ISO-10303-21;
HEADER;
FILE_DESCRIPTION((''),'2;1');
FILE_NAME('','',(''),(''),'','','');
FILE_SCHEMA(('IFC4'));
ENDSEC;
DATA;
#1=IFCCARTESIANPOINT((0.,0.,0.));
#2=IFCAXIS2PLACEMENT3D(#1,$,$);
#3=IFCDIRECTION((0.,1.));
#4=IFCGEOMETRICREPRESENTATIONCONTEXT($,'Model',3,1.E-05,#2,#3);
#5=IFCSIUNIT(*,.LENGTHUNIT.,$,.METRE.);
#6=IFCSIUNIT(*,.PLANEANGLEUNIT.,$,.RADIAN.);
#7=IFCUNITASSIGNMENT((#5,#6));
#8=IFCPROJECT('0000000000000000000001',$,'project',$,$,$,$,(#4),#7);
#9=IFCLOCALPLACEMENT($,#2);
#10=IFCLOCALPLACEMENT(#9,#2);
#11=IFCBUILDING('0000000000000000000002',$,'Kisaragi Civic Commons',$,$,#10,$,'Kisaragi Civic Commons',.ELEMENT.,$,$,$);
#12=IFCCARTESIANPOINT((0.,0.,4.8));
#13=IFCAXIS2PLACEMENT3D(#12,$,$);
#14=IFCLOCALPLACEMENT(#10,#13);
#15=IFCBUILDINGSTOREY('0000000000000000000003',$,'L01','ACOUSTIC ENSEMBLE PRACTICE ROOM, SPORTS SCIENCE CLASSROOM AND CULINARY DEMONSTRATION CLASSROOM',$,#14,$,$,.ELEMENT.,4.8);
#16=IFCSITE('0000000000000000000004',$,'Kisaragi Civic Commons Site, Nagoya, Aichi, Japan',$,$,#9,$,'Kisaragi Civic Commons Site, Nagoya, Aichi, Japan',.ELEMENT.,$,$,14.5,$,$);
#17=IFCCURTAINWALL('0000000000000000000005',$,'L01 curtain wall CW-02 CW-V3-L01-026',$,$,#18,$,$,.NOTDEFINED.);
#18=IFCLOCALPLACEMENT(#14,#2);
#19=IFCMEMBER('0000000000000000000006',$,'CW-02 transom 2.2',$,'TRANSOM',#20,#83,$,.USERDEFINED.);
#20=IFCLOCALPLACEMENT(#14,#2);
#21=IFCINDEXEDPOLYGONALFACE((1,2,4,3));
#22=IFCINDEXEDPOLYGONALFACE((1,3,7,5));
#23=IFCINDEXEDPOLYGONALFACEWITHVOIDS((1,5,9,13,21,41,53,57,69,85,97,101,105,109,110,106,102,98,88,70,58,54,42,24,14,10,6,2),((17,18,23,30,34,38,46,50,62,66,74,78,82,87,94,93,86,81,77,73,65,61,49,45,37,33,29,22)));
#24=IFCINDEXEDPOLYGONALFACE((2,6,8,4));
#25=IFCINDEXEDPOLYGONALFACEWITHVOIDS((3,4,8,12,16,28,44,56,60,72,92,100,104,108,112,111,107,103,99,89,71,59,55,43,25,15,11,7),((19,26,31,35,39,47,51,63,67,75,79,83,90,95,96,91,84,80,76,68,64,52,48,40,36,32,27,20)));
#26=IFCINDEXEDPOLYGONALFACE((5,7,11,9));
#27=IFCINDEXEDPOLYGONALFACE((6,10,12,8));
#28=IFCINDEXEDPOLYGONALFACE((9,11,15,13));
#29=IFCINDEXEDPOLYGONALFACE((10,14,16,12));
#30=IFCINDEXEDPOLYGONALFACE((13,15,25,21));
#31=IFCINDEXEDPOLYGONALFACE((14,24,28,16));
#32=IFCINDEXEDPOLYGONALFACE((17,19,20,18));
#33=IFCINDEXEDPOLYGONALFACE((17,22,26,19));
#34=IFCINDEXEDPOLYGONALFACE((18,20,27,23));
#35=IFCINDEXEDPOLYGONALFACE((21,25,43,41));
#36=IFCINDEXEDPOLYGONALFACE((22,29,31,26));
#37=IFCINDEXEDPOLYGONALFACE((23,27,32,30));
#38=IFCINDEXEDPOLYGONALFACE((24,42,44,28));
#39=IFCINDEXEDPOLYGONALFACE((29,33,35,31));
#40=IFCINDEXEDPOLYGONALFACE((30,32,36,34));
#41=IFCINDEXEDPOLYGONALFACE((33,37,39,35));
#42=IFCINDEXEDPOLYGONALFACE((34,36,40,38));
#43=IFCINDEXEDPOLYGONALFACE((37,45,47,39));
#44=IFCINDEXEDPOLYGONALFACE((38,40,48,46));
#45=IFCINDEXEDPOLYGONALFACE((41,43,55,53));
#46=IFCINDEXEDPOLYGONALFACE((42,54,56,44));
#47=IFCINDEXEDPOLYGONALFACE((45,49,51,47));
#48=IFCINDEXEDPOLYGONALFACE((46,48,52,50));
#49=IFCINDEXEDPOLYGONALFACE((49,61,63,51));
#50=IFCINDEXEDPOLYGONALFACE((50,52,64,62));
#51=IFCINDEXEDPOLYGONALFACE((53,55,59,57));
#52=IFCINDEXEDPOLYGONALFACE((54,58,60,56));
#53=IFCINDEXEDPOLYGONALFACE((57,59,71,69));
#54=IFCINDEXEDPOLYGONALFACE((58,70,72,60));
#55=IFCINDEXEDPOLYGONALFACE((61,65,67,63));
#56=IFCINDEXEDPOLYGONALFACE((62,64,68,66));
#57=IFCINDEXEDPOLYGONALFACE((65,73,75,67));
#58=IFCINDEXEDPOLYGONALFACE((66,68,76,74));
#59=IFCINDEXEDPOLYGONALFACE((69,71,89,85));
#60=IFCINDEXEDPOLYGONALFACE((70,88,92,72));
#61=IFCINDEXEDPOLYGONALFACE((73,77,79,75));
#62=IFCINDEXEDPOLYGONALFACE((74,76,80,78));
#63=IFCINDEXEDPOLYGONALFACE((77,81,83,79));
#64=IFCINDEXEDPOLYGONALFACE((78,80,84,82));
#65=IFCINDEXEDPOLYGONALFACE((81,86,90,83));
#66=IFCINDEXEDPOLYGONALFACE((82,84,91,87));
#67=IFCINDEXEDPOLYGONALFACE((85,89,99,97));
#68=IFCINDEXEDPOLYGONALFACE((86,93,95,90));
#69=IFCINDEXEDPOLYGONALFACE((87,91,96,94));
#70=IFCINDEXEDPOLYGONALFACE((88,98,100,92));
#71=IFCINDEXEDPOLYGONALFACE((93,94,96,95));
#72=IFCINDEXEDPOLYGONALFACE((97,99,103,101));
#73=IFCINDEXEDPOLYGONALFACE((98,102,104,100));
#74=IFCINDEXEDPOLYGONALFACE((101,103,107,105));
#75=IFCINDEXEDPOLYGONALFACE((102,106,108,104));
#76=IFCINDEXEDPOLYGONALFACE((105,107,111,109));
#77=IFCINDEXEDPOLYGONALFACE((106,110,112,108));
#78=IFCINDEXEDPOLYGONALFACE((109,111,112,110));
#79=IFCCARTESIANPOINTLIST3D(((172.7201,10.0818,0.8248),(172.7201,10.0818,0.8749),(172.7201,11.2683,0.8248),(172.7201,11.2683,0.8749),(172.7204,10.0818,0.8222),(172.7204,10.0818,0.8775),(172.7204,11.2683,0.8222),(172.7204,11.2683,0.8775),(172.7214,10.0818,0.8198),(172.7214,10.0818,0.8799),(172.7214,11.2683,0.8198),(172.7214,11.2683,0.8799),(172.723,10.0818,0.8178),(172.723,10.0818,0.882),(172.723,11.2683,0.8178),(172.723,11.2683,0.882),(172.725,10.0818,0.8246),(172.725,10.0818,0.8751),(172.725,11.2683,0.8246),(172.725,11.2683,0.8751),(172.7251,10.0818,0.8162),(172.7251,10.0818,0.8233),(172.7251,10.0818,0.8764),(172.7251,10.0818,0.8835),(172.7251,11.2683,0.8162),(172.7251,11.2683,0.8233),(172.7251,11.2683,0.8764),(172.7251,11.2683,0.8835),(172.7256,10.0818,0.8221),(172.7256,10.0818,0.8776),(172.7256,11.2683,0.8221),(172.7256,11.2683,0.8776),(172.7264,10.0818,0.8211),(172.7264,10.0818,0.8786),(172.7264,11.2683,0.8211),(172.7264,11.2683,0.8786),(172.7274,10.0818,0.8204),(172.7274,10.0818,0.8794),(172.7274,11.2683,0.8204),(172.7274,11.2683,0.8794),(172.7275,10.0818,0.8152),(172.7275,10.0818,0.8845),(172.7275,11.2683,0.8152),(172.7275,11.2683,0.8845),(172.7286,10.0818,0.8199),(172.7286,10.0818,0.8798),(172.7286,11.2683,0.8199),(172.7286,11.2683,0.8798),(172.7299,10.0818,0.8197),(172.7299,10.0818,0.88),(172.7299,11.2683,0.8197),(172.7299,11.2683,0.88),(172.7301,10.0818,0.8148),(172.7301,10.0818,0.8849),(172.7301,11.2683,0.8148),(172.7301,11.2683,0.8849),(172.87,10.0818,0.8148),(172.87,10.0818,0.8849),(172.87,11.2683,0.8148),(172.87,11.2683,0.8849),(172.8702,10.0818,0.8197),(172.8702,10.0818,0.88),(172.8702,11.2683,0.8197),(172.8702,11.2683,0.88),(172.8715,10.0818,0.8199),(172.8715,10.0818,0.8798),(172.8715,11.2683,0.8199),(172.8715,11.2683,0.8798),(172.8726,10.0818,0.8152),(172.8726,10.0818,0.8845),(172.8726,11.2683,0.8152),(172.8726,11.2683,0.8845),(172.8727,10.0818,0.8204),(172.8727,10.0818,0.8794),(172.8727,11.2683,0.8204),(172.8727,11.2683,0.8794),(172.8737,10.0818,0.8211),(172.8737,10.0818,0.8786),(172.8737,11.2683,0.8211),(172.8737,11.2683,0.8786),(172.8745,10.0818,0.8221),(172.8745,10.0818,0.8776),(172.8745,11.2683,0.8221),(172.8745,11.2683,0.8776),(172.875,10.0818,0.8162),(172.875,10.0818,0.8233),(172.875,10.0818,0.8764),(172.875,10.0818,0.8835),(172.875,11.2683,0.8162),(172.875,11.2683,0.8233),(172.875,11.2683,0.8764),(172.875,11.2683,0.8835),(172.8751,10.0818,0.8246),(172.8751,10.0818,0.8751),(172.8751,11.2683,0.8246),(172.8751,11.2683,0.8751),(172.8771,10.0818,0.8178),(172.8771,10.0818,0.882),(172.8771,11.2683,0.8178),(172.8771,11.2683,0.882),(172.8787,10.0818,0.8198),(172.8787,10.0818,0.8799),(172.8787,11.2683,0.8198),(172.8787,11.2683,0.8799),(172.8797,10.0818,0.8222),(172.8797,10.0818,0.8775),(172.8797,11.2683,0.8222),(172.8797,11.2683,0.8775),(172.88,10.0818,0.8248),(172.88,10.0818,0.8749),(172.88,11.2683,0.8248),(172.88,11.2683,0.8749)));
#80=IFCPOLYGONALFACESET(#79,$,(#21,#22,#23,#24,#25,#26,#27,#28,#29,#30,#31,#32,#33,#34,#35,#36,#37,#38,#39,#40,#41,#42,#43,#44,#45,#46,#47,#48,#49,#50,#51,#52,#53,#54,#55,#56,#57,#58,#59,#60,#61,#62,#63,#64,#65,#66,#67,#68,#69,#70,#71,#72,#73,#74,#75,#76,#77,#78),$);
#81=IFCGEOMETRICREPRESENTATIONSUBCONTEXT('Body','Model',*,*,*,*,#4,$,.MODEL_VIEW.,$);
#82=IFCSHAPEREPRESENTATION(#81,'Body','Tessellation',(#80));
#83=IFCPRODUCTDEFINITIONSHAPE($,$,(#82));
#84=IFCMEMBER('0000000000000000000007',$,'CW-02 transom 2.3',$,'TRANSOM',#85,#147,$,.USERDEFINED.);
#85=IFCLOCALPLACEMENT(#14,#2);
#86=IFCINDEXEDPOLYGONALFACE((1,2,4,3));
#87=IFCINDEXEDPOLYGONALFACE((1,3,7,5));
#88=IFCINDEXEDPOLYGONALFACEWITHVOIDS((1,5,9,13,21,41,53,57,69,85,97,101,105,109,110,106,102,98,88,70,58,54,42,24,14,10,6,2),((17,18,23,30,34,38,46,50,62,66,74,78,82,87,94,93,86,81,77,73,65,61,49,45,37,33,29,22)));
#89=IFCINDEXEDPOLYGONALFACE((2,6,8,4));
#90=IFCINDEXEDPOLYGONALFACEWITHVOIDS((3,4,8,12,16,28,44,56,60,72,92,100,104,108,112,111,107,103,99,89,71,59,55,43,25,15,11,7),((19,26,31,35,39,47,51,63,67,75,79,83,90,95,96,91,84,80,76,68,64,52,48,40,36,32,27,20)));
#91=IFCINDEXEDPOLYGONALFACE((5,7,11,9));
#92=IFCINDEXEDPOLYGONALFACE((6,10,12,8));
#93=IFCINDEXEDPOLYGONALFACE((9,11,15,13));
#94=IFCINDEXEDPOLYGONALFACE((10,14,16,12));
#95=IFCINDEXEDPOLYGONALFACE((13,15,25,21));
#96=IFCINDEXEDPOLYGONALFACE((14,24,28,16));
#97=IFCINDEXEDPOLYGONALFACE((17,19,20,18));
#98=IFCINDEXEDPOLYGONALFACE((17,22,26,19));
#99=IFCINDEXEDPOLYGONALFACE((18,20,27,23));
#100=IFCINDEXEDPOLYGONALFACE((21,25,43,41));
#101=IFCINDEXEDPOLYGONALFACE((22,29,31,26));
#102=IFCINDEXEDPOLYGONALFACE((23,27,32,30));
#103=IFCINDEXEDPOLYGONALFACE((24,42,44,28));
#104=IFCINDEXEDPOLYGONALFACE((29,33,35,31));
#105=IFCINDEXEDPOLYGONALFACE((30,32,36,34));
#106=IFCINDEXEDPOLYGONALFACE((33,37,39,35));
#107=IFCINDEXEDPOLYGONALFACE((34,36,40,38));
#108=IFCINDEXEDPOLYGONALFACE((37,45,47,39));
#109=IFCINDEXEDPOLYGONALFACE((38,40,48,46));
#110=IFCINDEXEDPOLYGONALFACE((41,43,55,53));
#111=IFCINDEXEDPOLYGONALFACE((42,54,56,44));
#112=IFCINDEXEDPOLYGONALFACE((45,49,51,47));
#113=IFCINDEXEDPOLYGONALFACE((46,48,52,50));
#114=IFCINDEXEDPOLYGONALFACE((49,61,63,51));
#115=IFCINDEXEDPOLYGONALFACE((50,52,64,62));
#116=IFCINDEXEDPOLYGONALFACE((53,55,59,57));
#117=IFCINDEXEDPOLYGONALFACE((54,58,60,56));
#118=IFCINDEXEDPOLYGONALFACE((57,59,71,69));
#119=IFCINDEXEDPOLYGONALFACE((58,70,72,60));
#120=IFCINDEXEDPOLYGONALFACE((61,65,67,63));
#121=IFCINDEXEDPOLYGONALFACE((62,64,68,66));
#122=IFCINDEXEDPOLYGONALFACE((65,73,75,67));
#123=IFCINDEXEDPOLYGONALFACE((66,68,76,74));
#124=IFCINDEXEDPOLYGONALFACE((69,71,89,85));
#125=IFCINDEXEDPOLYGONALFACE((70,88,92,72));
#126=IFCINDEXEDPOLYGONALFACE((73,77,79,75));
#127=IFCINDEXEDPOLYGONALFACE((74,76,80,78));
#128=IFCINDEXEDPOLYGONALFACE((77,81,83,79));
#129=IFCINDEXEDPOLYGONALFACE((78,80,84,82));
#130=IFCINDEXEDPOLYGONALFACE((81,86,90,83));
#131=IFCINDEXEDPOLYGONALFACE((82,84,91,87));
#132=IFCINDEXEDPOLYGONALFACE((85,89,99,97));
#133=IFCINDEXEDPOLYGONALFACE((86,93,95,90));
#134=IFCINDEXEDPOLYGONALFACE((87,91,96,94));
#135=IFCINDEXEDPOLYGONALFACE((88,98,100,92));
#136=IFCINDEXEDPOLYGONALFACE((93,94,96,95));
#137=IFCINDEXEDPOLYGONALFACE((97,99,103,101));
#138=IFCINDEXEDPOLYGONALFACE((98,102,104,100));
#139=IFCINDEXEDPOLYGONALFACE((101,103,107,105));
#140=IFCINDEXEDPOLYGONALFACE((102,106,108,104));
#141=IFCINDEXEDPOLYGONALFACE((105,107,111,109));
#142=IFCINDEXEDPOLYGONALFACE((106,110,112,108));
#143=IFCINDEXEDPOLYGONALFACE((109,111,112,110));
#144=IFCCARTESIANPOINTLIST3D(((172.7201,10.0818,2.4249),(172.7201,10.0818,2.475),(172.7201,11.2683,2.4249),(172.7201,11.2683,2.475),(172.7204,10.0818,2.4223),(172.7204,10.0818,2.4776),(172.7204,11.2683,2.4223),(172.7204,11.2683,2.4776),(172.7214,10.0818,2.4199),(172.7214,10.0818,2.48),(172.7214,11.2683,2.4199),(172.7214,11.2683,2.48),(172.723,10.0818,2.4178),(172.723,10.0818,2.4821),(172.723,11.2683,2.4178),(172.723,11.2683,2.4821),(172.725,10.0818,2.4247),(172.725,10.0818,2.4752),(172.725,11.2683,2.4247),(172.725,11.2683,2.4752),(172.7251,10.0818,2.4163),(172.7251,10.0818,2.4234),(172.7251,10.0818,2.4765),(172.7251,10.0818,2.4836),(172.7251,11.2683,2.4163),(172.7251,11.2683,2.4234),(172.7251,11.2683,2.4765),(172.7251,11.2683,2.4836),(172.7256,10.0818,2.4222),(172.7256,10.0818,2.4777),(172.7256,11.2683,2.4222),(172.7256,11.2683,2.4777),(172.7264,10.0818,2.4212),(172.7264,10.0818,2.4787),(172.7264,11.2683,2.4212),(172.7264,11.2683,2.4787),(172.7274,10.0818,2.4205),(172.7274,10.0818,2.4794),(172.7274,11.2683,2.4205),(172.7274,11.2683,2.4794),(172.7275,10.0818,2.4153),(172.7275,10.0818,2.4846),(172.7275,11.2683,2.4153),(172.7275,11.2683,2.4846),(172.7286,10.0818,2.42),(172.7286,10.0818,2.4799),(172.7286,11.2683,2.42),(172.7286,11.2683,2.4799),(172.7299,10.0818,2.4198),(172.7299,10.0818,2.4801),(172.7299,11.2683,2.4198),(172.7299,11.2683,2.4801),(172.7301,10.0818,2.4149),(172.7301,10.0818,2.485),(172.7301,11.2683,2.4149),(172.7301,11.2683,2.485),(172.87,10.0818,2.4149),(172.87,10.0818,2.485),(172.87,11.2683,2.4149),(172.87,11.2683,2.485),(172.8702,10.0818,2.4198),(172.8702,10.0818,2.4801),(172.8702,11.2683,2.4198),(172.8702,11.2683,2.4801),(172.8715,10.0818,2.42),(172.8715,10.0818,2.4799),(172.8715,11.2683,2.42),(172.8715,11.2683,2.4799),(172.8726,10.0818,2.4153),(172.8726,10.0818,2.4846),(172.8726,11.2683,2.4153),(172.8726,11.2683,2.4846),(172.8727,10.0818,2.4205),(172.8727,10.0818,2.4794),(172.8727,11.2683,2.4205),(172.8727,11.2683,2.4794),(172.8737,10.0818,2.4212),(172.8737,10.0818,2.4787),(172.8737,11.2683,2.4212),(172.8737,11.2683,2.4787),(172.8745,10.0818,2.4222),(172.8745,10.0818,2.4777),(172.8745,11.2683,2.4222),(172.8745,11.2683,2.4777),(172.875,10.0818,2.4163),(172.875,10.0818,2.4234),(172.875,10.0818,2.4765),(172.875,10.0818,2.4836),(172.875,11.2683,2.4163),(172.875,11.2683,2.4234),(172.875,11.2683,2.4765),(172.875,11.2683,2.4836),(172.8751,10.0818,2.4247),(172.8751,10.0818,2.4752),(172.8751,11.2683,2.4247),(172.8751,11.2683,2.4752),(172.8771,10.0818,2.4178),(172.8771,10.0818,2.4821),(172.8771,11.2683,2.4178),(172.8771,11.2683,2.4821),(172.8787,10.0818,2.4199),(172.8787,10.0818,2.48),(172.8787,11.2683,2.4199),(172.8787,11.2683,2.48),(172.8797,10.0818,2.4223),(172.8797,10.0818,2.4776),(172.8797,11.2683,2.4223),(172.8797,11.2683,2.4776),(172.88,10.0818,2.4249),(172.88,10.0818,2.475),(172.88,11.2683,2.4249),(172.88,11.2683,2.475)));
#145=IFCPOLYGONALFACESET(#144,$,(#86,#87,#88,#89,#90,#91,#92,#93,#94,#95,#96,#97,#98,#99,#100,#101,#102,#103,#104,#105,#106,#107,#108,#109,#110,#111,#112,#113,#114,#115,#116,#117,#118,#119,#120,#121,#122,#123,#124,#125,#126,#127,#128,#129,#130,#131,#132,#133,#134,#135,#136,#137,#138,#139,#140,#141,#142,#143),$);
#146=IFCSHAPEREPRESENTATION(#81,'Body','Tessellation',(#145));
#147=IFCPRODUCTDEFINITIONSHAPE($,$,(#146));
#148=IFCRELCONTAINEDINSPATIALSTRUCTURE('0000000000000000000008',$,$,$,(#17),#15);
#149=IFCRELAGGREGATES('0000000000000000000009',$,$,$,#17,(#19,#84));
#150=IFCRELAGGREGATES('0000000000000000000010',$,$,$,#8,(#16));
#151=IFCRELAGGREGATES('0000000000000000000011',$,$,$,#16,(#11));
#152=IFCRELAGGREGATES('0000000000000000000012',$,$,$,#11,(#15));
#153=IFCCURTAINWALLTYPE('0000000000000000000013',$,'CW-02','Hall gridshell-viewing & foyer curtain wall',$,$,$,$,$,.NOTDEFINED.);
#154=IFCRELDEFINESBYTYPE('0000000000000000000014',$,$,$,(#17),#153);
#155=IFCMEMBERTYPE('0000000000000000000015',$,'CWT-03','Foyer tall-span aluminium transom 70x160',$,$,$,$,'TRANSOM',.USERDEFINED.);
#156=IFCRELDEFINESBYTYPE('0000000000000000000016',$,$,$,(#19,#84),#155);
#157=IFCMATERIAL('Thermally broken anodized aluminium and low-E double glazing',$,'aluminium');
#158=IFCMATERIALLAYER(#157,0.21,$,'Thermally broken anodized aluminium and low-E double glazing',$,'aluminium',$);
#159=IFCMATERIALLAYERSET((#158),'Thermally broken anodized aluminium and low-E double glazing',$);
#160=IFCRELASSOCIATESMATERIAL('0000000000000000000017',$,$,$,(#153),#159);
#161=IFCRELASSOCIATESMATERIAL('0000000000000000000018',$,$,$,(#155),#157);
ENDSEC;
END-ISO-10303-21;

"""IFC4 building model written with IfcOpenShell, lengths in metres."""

from ifc_helpers import new_model, si_unit, direction, frame, origin, origin_2d, place, context, subcontext, project, spatial, hollow_rectangle, extrude, material, layer, layer_set, material_profile, profile_set, type_object, element, aggregate, save


model = new_model("IFC4")

# Units and contexts
model_context = context("Model", 3, precision=1e-05, world=origin(), true_north=direction((0.0, 1.0)))
body_context = subcontext(model_context, "Body", "Model", "MODEL_VIEW")
ifc_project = project(units=[si_unit("LENGTHUNIT", "METRE"), si_unit("PLANEANGLEUNIT", "RADIAN")], contexts=[model_context])

# Site, building, storey
site_placement = place(None, origin())
site = spatial("IfcSite", under=ifc_project, at=site_placement, Name="Kisaragi Civic Commons Site, Nagoya, Aichi, Japan", LongName="Kisaragi Civic Commons Site, Nagoya, Aichi, Japan", CompositionType="ELEMENT", RefElevation=14.5)
building_placement = place(site_placement, origin())
building = spatial("IfcBuilding", under=site, at=building_placement, Name="Kisaragi Civic Commons", LongName="Kisaragi Civic Commons", CompositionType="ELEMENT")
storey_placement = place(building_placement, frame((0.0, 0.0, 4.8)))
storey = spatial("IfcBuildingStorey", under=building, at=storey_placement, Name="L01", Description="ACOUSTIC ENSEMBLE PRACTICE ROOM, SPORTS SCIENCE CLASSROOM AND CULINARY DEMONSTRATION CLASSROOM", CompositionType="ELEMENT", Elevation=4.8)

# Curtain wall
ifc_material = material(Name="Thermally broken anodized aluminium and low-E double glazing", Category="aluminium")
ifc_layer_1 = layer(ifc_material, 0.21, Name="Thermally broken anodized aluminium and low-E double glazing", Category="aluminium")
ifc_layer_set_1 = layer_set([ifc_layer_1], Name="Thermally broken anodized aluminium and low-E double glazing")
curtain_wall_type = type_object("IfcCurtainWallType", Name="CW-02", Description="Hall gridshell-viewing & foyer curtain wall", PredefinedType="NOTDEFINED", material=ifc_layer_set_1)
curtain_wall_1_placement = place(storey_placement, origin())
curtain_wall_1 = element("IfcCurtainWall", 1, at=curtain_wall_1_placement, inside=storey, type_object=curtain_wall_type, Name="L01 curtain wall CW-02 CW-V3-L01-026", PredefinedType="NOTDEFINED")

# Members
ifc_material_profile_1 = material_profile(ifc_material, hollow_rectangle(XDim=0.1599, YDim=0.0701, WallThickness=0.0049, InnerFilletRadius=0.0049, OuterFilletRadius=0.01, at=origin_2d()), Name="CWT-70x160x5", Category="aluminium")
ifc_profile_set_1 = profile_set([ifc_material_profile_1], Name="Thermally broken anodized aluminium and low-E double glazing")
member_type_1 = type_object("IfcMemberType", Name="CWT-03", Description="Foyer tall-span aluminium transom 70x160", ElementType="TRANSOM", PredefinedType="USERDEFINED", material=ifc_profile_set_1)
member_1_placement = place(storey_placement, frame((172.8, 11.2683, 0.8499), z_axis=(0.0, -1.0, 0.0), x_axis=(1.0, 0.0, 0.0)))
member_1 = element("IfcMember", 2, at=member_1_placement, type_object=member_type_1, Name="CW-02 transom 2.2", ObjectType="TRANSOM", PredefinedType="USERDEFINED", context=body_context, shape_type="SweptSolid", body=[
    extrude(hollow_rectangle(XDim=0.1599, YDim=0.0701, WallThickness=0.0049, InnerFilletRadius=0.0049, OuterFilletRadius=0.01, at=origin_2d()), origin(), (0.0, 0.0, 1.0), 1.1865),
])
member_2_placement = place(storey_placement, frame((172.8, 11.2683, 2.45), z_axis=(0.0, -1.0, 0.0), x_axis=(1.0, 0.0, 0.0)))
member_2 = element("IfcMember", 3, at=member_2_placement, type_object=member_type_1, Name="CW-02 transom 2.3", ObjectType="TRANSOM", PredefinedType="USERDEFINED", context=body_context, shape_type="SweptSolid", body=[
    extrude(hollow_rectangle(XDim=0.1599, YDim=0.0701, WallThickness=0.0049, InnerFilletRadius=0.0049, OuterFilletRadius=0.01, at=origin_2d()), origin(), (0.0, 0.0, 1.0), 1.1865),
])

aggregate(curtain_wall_1, [member_1, member_2])

save(model, "model.ifc")
